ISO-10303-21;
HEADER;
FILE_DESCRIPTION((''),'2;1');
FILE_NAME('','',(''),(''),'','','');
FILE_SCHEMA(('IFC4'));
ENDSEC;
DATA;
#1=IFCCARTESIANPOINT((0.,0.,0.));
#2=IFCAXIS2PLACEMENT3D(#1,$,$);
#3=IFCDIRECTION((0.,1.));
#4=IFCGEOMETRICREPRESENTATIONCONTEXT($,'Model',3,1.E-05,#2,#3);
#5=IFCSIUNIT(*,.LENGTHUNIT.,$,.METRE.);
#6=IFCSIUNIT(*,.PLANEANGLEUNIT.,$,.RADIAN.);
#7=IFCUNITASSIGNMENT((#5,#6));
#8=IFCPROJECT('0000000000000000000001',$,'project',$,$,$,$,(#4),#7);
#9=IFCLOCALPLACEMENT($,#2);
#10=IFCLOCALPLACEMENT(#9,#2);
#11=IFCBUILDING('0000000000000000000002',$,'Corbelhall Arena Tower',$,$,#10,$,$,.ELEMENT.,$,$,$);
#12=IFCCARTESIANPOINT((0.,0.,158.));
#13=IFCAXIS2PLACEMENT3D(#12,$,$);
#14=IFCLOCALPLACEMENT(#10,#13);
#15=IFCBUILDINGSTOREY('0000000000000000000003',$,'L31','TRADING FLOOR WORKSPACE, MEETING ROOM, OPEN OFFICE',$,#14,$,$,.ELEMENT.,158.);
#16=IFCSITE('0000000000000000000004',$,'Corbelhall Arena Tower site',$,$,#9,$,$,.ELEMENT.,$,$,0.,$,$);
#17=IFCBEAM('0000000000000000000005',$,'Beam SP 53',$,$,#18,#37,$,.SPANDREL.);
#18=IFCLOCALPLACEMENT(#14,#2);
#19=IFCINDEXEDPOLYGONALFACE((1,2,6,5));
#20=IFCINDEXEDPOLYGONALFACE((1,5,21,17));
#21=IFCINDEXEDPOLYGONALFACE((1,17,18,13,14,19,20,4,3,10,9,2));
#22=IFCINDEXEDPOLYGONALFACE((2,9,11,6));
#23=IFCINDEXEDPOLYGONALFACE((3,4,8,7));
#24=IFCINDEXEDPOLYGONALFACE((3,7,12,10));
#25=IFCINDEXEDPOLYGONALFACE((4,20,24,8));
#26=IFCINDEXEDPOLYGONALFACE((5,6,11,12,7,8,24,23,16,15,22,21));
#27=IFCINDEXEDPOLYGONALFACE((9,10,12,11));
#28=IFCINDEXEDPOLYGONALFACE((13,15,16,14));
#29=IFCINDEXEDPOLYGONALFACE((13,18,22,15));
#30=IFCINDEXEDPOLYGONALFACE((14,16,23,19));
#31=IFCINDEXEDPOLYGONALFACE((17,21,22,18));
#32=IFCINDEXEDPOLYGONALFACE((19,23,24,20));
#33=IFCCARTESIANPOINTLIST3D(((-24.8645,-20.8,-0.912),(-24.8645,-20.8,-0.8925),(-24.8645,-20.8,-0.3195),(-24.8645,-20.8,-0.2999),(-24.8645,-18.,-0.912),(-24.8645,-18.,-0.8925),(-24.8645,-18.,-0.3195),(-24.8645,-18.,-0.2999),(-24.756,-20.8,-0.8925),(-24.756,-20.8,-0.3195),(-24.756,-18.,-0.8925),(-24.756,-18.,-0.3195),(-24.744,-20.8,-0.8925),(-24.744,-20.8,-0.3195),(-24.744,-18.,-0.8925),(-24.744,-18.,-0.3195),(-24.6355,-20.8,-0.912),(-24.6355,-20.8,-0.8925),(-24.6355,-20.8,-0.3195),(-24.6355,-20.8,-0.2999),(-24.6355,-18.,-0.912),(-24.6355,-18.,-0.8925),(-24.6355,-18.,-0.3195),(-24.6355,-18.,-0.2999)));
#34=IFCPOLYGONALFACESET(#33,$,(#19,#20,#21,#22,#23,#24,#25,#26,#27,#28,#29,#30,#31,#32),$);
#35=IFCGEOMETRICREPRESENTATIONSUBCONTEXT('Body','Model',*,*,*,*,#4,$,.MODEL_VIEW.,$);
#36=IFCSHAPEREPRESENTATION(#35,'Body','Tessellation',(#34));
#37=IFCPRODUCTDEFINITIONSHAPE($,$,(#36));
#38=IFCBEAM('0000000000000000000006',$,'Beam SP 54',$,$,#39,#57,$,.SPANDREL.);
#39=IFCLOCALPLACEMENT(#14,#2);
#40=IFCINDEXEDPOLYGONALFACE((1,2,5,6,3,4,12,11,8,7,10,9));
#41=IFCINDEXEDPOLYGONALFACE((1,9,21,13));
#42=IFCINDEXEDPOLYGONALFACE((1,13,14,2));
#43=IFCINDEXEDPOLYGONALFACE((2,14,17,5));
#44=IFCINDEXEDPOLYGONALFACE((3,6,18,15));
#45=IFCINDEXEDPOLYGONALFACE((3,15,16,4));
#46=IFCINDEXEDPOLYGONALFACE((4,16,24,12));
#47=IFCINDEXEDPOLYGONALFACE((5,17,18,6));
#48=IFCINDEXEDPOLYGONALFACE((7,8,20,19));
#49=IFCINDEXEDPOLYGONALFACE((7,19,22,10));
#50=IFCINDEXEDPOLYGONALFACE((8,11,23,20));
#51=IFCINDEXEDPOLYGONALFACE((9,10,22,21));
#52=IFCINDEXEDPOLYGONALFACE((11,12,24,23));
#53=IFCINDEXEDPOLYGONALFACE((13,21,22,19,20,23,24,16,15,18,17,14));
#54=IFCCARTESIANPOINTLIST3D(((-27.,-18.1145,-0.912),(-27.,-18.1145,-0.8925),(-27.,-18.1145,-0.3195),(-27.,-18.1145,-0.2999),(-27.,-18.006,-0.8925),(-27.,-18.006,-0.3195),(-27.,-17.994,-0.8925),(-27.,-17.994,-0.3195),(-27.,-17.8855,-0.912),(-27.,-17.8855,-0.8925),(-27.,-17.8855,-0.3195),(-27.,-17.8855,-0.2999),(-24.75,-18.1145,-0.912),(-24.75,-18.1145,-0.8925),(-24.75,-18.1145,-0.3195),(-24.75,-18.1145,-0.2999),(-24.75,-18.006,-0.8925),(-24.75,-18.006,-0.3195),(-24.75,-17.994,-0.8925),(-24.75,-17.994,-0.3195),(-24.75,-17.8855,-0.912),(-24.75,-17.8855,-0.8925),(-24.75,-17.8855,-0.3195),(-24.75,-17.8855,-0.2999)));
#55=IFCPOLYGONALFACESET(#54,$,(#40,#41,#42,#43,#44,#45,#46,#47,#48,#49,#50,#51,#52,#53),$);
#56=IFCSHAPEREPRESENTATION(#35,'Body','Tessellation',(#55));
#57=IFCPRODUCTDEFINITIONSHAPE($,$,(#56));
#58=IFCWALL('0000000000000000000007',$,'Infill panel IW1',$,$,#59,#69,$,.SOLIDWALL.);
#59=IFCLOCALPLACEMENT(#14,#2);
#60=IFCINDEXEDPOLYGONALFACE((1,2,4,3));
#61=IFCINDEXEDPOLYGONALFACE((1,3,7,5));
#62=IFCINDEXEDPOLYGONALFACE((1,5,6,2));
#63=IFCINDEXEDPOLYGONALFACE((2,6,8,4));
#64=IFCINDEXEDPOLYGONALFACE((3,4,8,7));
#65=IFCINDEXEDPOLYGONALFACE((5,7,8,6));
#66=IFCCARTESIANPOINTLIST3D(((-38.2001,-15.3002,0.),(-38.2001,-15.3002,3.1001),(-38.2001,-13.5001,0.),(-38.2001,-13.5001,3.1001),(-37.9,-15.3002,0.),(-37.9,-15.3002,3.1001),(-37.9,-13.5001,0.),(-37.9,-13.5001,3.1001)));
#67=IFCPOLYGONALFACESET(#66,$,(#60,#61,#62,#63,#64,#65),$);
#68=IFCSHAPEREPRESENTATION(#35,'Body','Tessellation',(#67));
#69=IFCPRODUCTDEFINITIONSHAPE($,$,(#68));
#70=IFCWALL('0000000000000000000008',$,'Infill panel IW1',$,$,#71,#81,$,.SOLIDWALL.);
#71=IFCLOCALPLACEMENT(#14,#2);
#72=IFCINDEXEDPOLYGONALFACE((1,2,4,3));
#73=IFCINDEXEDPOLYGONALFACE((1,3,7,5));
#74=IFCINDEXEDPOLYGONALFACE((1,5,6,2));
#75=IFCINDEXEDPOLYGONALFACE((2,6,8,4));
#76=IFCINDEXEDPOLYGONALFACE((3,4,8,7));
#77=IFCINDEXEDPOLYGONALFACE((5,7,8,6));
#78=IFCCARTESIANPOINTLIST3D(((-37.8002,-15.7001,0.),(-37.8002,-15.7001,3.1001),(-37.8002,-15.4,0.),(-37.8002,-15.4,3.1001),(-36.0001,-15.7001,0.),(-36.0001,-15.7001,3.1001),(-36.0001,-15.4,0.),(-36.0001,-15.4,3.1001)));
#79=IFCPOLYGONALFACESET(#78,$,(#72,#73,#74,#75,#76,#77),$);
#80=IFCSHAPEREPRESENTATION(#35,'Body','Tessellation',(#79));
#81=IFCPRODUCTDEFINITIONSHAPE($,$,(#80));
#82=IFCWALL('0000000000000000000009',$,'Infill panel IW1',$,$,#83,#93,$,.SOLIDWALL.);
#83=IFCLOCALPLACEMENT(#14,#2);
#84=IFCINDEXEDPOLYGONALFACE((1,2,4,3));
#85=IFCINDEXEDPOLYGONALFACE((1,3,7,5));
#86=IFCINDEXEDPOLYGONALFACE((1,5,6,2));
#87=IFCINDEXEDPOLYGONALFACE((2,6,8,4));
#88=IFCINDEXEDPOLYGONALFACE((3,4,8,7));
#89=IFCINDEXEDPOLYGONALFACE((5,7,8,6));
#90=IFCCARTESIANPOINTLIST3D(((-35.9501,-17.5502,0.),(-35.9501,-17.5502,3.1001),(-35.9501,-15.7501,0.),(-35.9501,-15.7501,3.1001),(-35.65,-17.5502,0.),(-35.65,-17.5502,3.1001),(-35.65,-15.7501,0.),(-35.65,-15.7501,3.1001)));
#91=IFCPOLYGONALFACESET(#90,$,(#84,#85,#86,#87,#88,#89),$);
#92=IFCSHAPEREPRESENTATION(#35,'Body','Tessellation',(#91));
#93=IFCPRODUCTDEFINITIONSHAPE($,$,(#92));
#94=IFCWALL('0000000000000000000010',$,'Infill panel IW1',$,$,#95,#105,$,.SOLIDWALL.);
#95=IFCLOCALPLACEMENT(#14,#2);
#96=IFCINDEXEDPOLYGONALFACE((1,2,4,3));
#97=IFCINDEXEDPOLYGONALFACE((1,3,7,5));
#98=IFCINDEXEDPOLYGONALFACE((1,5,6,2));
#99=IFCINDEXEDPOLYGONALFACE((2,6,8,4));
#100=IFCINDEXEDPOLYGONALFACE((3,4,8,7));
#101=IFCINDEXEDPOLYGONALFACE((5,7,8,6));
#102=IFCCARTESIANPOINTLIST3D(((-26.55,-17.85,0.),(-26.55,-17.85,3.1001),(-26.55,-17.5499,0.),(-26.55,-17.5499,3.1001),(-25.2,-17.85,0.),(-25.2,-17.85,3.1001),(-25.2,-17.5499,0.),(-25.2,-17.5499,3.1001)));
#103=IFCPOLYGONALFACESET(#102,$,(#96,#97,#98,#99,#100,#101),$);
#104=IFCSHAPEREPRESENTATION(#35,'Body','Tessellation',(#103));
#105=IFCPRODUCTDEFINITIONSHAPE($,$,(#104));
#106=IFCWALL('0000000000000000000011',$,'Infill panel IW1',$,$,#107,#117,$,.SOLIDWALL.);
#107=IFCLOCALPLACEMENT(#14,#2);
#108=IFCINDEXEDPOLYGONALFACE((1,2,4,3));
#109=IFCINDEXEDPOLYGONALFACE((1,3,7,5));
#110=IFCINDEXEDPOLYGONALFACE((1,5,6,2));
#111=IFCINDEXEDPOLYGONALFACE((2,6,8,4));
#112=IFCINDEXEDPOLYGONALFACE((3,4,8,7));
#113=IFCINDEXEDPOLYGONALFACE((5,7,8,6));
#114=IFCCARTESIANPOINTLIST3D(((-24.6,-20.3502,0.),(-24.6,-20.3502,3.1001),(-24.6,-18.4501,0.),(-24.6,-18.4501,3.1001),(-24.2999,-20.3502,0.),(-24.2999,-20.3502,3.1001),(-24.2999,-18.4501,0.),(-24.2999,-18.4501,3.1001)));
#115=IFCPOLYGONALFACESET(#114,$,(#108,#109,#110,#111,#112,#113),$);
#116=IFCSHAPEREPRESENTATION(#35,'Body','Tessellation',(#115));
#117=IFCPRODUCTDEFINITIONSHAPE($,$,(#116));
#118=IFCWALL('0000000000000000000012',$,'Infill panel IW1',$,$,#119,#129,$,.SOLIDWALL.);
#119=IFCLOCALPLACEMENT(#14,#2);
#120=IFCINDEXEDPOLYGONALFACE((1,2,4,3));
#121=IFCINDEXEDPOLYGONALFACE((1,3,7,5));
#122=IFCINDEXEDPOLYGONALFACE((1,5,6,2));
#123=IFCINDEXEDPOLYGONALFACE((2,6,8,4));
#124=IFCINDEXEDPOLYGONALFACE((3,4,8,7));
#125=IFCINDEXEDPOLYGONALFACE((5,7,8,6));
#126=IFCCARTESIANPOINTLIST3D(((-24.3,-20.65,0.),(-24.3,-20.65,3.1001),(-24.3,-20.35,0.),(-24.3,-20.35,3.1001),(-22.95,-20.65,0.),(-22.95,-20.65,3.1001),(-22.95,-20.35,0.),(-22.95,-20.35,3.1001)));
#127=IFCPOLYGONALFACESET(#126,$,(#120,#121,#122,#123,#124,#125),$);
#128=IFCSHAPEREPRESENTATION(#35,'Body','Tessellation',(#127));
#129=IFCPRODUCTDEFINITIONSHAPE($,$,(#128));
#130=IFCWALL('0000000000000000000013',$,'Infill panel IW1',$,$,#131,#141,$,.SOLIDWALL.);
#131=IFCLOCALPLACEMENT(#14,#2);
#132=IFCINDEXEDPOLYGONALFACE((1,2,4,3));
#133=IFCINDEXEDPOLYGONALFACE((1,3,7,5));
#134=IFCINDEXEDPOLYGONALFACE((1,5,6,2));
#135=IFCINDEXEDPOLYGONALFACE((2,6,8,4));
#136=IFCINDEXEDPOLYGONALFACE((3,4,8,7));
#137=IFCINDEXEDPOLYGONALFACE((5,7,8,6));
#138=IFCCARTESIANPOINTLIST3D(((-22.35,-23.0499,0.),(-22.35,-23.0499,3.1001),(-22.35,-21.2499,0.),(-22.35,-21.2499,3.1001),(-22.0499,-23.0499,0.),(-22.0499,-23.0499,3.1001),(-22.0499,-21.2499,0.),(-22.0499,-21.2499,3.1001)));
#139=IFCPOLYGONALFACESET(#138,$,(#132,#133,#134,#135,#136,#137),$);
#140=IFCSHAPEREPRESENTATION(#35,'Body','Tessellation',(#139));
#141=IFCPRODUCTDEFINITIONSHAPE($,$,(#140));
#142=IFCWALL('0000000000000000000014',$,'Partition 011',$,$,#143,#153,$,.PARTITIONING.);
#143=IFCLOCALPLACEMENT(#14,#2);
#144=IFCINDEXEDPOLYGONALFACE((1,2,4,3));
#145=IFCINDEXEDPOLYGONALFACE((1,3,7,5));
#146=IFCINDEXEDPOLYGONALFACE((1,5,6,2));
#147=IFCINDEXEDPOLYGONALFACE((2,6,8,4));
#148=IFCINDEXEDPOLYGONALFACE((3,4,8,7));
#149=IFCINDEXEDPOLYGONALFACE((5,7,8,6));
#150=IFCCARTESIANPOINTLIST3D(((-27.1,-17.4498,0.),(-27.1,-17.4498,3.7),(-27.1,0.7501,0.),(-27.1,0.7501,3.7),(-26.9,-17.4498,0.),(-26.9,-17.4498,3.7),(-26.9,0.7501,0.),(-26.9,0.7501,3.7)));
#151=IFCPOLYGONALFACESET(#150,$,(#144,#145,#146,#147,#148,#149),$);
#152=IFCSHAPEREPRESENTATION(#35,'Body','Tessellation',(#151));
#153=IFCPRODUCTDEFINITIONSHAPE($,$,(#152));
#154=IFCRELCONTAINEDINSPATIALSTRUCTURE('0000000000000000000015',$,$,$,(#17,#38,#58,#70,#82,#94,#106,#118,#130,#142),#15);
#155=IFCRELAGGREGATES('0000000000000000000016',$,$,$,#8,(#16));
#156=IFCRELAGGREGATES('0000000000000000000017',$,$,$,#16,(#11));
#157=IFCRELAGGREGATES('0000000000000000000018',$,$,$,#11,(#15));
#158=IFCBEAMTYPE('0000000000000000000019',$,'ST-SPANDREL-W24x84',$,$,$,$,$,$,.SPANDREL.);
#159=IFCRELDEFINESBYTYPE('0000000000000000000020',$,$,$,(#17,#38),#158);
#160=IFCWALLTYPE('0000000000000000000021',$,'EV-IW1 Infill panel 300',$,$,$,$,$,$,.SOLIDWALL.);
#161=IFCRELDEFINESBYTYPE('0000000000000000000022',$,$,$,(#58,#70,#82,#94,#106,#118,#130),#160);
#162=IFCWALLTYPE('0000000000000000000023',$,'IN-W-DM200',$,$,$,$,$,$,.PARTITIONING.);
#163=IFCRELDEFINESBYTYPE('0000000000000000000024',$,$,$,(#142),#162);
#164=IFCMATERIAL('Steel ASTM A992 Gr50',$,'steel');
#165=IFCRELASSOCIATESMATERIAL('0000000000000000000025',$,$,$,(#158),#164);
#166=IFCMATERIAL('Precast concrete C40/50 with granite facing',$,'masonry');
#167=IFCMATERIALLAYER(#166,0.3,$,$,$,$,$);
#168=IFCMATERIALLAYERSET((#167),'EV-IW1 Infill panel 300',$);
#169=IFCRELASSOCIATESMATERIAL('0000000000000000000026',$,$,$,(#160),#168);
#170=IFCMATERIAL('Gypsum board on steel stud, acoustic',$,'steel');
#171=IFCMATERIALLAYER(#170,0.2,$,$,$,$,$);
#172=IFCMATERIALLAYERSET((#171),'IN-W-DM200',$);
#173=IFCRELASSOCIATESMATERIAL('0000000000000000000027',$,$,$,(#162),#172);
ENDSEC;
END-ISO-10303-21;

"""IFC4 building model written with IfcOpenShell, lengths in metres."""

from ifc_helpers import new_model, si_unit, direction, frame, frame_2d, origin, origin_2d, place, context, subcontext, project, spatial, rectangle, i_section, extrude, material, layer, layer_set, material_profile, profile_set, type_object, element, save


model = new_model("IFC4")

# Units and contexts
model_context = context("Model", 3, precision=1e-05, world=origin(), true_north=direction((0.0, 1.0)))
body_context = subcontext(model_context, "Body", "Model", "MODEL_VIEW")
ifc_project = project(units=[si_unit("LENGTHUNIT", "METRE"), si_unit("PLANEANGLEUNIT", "RADIAN")], contexts=[model_context])

# Site, building, storey
site_placement = place(None, origin())
site = spatial("IfcSite", under=ifc_project, at=site_placement, Name="Corbelhall Arena Tower site", CompositionType="ELEMENT", RefElevation=0.0)
building_placement = place(site_placement, origin())
building = spatial("IfcBuilding", under=site, at=building_placement, Name="Corbelhall Arena Tower", CompositionType="ELEMENT")
storey_placement = place(building_placement, frame((0.0, 0.0, 158.0)))
storey = spatial("IfcBuildingStorey", under=building, at=storey_placement, Name="L31", Description="TRADING FLOOR WORKSPACE, MEETING ROOM, OPEN OFFICE", CompositionType="ELEMENT", Elevation=158.0)

# Beams
ifc_material_1 = material(Name="Steel ASTM A992 Gr50", Category="steel")
ifc_material_profile_1 = material_profile(ifc_material_1, i_section(OverallWidth=0.229, OverallDepth=0.6121, WebThickness=0.012, FlangeThickness=0.0195, at=origin_2d()))
ifc_profile_set_1 = profile_set([ifc_material_profile_1], Name="Steel ASTM A992 Gr50")
beam_type = type_object("IfcBeamType", Name="ST-SPANDREL-W24x84", PredefinedType="SPANDREL", material=ifc_profile_set_1)
beam_1_placement = place(storey_placement, frame((-24.75, -20.8, -0.606), z_axis=(0.0, 1.0, 0.0), x_axis=(-1.0, 0.0, 0.0)))
element("IfcBeam", 1, at=beam_1_placement, inside=storey, type_object=beam_type, Name="Beam SP 53", PredefinedType="SPANDREL", context=body_context, shape_type="SweptSolid", body=[
    extrude(i_section(OverallWidth=0.229, OverallDepth=0.6121, WebThickness=0.012, FlangeThickness=0.0195, at=origin_2d()), origin(), (0.0, 0.0, 1.0), 2.8),
])
beam_2_placement = place(storey_placement, frame((-24.75, -18.0, -0.606), z_axis=(-1.0, 0.0, 0.0), x_axis=(0.0, -1.0, 0.0)))
element("IfcBeam", 2, at=beam_2_placement, inside=storey, type_object=beam_type, Name="Beam SP 54", PredefinedType="SPANDREL", context=body_context, shape_type="SweptSolid", body=[
    extrude(i_section(OverallWidth=0.229, OverallDepth=0.6121, WebThickness=0.012, FlangeThickness=0.0195, at=origin_2d()), origin(), (0.0, 0.0, 1.0), 2.25),
])

# Walls
ifc_material_2 = material(Name="Precast concrete C40/50 with granite facing", Category="masonry")
ifc_layer_1 = layer(ifc_material_2, 0.3)
ifc_layer_set_1 = layer_set([ifc_layer_1], Name="EV-IW1 Infill panel 300")
wall_type_1 = type_object("IfcWallType", Name="EV-IW1 Infill panel 300", PredefinedType="SOLIDWALL", material=ifc_layer_set_1)
for number, where, z_axis, x_axis, name in (
    (3, (-38.05, -15.3, 0.0), (0.0, 0.0, 1.0), (0.0, 1.0, 0.0), "Infill panel IW1"),
    (4, (-37.8, -15.55, 0.0), (0.0, 0.0, 1.0), (1.0, 0.0, 0.0), "Infill panel IW1"),
    (5, (-35.8, -17.55, 0.0), (0.0, 0.0, 1.0), (0.0, 1.0, 0.0), "Infill panel IW1"),
):
    element("IfcWall", number, at=place(storey_placement, frame(where, z_axis=z_axis, x_axis=x_axis)), inside=storey, type_object=wall_type_1, Name=name, PredefinedType="SOLIDWALL", context=body_context, shape_type="SweptSolid", body=[
        extrude(rectangle(XDim=1.8, YDim=0.3, at=frame_2d((0.8999, 0.0))), origin(), (0.0, 0.0, 1.0), 3.1001),
    ])

# Walls
wall_1_placement = place(storey_placement, frame((-26.55, -17.7, 0.0), z_axis=(0.0, 0.0, 1.0), x_axis=(1.0, 0.0, 0.0)))
element("IfcWall", 6, at=wall_1_placement, inside=storey, type_object=wall_type_1, Name="Infill panel IW1", PredefinedType="SOLIDWALL", context=body_context, shape_type="SweptSolid", body=[
    extrude(rectangle(XDim=1.3501, YDim=0.3, at=frame_2d((0.675, 0.0))), origin(), (0.0, 0.0, 1.0), 3.1001),
])
wall_2_placement = place(storey_placement, frame((-24.45, -18.45, 0.0), z_axis=(0.0, 0.0, 1.0), x_axis=(0.0, -1.0, 0.0)))
element("IfcWall", 7, at=wall_2_placement, inside=storey, type_object=wall_type_1, Name="Infill panel IW1", PredefinedType="SOLIDWALL", context=body_context, shape_type="SweptSolid", body=[
    extrude(rectangle(XDim=1.9001, YDim=0.3, at=frame_2d((0.9502, 0.0))), origin(), (0.0, 0.0, 1.0), 3.1001),
])
wall_3_placement = place(storey_placement, frame((-24.3, -20.5, 0.0), z_axis=(0.0, 0.0, 1.0), x_axis=(1.0, 0.0, 0.0)))
element("IfcWall", 8, at=wall_3_placement, inside=storey, type_object=wall_type_1, Name="Infill panel IW1", PredefinedType="SOLIDWALL", context=body_context, shape_type="SweptSolid", body=[
    extrude(rectangle(XDim=1.3501, YDim=0.3, at=frame_2d((0.675, 0.0))), origin(), (0.0, 0.0, 1.0), 3.1001),
])
wall_4_placement = place(storey_placement, frame((-22.2, -21.25, 0.0), z_axis=(0.0, 0.0, 1.0), x_axis=(0.0, -1.0, 0.0)))
element("IfcWall", 9, at=wall_4_placement, inside=storey, type_object=wall_type_1, Name="Infill panel IW1", PredefinedType="SOLIDWALL", context=body_context, shape_type="SweptSolid", body=[
    extrude(rectangle(XDim=1.8, YDim=0.3, at=frame_2d((0.8999, 0.0))), origin(), (0.0, 0.0, 1.0), 3.1001),
])

# Wall
ifc_material_3 = material(Name="Gypsum board on steel stud, acoustic", Category="steel")
ifc_layer_2 = layer(ifc_material_3, 0.2)
ifc_layer_set_2 = layer_set([ifc_layer_2], Name="IN-W-DM200")
wall_type_2 = type_object("IfcWallType", Name="IN-W-DM200", PredefinedType="PARTITIONING", material=ifc_layer_set_2)
wall_5_placement = place(storey_placement, frame((-27.0, -17.45, 0.0), z_axis=(0.0, 0.0, 1.0), x_axis=(0.0, 1.0, 0.0)))
element("IfcWall", 10, at=wall_5_placement, inside=storey, type_object=wall_type_2, Name="Partition 011", PredefinedType="PARTITIONING", context=body_context, shape_type="SweptSolid", body=[
    extrude(rectangle(XDim=18.2, YDim=0.2, at=frame_2d((9.1001, 0.0))), origin(), (0.0, 0.0, 1.0), 3.7),
])

save(model, "model.ifc")
